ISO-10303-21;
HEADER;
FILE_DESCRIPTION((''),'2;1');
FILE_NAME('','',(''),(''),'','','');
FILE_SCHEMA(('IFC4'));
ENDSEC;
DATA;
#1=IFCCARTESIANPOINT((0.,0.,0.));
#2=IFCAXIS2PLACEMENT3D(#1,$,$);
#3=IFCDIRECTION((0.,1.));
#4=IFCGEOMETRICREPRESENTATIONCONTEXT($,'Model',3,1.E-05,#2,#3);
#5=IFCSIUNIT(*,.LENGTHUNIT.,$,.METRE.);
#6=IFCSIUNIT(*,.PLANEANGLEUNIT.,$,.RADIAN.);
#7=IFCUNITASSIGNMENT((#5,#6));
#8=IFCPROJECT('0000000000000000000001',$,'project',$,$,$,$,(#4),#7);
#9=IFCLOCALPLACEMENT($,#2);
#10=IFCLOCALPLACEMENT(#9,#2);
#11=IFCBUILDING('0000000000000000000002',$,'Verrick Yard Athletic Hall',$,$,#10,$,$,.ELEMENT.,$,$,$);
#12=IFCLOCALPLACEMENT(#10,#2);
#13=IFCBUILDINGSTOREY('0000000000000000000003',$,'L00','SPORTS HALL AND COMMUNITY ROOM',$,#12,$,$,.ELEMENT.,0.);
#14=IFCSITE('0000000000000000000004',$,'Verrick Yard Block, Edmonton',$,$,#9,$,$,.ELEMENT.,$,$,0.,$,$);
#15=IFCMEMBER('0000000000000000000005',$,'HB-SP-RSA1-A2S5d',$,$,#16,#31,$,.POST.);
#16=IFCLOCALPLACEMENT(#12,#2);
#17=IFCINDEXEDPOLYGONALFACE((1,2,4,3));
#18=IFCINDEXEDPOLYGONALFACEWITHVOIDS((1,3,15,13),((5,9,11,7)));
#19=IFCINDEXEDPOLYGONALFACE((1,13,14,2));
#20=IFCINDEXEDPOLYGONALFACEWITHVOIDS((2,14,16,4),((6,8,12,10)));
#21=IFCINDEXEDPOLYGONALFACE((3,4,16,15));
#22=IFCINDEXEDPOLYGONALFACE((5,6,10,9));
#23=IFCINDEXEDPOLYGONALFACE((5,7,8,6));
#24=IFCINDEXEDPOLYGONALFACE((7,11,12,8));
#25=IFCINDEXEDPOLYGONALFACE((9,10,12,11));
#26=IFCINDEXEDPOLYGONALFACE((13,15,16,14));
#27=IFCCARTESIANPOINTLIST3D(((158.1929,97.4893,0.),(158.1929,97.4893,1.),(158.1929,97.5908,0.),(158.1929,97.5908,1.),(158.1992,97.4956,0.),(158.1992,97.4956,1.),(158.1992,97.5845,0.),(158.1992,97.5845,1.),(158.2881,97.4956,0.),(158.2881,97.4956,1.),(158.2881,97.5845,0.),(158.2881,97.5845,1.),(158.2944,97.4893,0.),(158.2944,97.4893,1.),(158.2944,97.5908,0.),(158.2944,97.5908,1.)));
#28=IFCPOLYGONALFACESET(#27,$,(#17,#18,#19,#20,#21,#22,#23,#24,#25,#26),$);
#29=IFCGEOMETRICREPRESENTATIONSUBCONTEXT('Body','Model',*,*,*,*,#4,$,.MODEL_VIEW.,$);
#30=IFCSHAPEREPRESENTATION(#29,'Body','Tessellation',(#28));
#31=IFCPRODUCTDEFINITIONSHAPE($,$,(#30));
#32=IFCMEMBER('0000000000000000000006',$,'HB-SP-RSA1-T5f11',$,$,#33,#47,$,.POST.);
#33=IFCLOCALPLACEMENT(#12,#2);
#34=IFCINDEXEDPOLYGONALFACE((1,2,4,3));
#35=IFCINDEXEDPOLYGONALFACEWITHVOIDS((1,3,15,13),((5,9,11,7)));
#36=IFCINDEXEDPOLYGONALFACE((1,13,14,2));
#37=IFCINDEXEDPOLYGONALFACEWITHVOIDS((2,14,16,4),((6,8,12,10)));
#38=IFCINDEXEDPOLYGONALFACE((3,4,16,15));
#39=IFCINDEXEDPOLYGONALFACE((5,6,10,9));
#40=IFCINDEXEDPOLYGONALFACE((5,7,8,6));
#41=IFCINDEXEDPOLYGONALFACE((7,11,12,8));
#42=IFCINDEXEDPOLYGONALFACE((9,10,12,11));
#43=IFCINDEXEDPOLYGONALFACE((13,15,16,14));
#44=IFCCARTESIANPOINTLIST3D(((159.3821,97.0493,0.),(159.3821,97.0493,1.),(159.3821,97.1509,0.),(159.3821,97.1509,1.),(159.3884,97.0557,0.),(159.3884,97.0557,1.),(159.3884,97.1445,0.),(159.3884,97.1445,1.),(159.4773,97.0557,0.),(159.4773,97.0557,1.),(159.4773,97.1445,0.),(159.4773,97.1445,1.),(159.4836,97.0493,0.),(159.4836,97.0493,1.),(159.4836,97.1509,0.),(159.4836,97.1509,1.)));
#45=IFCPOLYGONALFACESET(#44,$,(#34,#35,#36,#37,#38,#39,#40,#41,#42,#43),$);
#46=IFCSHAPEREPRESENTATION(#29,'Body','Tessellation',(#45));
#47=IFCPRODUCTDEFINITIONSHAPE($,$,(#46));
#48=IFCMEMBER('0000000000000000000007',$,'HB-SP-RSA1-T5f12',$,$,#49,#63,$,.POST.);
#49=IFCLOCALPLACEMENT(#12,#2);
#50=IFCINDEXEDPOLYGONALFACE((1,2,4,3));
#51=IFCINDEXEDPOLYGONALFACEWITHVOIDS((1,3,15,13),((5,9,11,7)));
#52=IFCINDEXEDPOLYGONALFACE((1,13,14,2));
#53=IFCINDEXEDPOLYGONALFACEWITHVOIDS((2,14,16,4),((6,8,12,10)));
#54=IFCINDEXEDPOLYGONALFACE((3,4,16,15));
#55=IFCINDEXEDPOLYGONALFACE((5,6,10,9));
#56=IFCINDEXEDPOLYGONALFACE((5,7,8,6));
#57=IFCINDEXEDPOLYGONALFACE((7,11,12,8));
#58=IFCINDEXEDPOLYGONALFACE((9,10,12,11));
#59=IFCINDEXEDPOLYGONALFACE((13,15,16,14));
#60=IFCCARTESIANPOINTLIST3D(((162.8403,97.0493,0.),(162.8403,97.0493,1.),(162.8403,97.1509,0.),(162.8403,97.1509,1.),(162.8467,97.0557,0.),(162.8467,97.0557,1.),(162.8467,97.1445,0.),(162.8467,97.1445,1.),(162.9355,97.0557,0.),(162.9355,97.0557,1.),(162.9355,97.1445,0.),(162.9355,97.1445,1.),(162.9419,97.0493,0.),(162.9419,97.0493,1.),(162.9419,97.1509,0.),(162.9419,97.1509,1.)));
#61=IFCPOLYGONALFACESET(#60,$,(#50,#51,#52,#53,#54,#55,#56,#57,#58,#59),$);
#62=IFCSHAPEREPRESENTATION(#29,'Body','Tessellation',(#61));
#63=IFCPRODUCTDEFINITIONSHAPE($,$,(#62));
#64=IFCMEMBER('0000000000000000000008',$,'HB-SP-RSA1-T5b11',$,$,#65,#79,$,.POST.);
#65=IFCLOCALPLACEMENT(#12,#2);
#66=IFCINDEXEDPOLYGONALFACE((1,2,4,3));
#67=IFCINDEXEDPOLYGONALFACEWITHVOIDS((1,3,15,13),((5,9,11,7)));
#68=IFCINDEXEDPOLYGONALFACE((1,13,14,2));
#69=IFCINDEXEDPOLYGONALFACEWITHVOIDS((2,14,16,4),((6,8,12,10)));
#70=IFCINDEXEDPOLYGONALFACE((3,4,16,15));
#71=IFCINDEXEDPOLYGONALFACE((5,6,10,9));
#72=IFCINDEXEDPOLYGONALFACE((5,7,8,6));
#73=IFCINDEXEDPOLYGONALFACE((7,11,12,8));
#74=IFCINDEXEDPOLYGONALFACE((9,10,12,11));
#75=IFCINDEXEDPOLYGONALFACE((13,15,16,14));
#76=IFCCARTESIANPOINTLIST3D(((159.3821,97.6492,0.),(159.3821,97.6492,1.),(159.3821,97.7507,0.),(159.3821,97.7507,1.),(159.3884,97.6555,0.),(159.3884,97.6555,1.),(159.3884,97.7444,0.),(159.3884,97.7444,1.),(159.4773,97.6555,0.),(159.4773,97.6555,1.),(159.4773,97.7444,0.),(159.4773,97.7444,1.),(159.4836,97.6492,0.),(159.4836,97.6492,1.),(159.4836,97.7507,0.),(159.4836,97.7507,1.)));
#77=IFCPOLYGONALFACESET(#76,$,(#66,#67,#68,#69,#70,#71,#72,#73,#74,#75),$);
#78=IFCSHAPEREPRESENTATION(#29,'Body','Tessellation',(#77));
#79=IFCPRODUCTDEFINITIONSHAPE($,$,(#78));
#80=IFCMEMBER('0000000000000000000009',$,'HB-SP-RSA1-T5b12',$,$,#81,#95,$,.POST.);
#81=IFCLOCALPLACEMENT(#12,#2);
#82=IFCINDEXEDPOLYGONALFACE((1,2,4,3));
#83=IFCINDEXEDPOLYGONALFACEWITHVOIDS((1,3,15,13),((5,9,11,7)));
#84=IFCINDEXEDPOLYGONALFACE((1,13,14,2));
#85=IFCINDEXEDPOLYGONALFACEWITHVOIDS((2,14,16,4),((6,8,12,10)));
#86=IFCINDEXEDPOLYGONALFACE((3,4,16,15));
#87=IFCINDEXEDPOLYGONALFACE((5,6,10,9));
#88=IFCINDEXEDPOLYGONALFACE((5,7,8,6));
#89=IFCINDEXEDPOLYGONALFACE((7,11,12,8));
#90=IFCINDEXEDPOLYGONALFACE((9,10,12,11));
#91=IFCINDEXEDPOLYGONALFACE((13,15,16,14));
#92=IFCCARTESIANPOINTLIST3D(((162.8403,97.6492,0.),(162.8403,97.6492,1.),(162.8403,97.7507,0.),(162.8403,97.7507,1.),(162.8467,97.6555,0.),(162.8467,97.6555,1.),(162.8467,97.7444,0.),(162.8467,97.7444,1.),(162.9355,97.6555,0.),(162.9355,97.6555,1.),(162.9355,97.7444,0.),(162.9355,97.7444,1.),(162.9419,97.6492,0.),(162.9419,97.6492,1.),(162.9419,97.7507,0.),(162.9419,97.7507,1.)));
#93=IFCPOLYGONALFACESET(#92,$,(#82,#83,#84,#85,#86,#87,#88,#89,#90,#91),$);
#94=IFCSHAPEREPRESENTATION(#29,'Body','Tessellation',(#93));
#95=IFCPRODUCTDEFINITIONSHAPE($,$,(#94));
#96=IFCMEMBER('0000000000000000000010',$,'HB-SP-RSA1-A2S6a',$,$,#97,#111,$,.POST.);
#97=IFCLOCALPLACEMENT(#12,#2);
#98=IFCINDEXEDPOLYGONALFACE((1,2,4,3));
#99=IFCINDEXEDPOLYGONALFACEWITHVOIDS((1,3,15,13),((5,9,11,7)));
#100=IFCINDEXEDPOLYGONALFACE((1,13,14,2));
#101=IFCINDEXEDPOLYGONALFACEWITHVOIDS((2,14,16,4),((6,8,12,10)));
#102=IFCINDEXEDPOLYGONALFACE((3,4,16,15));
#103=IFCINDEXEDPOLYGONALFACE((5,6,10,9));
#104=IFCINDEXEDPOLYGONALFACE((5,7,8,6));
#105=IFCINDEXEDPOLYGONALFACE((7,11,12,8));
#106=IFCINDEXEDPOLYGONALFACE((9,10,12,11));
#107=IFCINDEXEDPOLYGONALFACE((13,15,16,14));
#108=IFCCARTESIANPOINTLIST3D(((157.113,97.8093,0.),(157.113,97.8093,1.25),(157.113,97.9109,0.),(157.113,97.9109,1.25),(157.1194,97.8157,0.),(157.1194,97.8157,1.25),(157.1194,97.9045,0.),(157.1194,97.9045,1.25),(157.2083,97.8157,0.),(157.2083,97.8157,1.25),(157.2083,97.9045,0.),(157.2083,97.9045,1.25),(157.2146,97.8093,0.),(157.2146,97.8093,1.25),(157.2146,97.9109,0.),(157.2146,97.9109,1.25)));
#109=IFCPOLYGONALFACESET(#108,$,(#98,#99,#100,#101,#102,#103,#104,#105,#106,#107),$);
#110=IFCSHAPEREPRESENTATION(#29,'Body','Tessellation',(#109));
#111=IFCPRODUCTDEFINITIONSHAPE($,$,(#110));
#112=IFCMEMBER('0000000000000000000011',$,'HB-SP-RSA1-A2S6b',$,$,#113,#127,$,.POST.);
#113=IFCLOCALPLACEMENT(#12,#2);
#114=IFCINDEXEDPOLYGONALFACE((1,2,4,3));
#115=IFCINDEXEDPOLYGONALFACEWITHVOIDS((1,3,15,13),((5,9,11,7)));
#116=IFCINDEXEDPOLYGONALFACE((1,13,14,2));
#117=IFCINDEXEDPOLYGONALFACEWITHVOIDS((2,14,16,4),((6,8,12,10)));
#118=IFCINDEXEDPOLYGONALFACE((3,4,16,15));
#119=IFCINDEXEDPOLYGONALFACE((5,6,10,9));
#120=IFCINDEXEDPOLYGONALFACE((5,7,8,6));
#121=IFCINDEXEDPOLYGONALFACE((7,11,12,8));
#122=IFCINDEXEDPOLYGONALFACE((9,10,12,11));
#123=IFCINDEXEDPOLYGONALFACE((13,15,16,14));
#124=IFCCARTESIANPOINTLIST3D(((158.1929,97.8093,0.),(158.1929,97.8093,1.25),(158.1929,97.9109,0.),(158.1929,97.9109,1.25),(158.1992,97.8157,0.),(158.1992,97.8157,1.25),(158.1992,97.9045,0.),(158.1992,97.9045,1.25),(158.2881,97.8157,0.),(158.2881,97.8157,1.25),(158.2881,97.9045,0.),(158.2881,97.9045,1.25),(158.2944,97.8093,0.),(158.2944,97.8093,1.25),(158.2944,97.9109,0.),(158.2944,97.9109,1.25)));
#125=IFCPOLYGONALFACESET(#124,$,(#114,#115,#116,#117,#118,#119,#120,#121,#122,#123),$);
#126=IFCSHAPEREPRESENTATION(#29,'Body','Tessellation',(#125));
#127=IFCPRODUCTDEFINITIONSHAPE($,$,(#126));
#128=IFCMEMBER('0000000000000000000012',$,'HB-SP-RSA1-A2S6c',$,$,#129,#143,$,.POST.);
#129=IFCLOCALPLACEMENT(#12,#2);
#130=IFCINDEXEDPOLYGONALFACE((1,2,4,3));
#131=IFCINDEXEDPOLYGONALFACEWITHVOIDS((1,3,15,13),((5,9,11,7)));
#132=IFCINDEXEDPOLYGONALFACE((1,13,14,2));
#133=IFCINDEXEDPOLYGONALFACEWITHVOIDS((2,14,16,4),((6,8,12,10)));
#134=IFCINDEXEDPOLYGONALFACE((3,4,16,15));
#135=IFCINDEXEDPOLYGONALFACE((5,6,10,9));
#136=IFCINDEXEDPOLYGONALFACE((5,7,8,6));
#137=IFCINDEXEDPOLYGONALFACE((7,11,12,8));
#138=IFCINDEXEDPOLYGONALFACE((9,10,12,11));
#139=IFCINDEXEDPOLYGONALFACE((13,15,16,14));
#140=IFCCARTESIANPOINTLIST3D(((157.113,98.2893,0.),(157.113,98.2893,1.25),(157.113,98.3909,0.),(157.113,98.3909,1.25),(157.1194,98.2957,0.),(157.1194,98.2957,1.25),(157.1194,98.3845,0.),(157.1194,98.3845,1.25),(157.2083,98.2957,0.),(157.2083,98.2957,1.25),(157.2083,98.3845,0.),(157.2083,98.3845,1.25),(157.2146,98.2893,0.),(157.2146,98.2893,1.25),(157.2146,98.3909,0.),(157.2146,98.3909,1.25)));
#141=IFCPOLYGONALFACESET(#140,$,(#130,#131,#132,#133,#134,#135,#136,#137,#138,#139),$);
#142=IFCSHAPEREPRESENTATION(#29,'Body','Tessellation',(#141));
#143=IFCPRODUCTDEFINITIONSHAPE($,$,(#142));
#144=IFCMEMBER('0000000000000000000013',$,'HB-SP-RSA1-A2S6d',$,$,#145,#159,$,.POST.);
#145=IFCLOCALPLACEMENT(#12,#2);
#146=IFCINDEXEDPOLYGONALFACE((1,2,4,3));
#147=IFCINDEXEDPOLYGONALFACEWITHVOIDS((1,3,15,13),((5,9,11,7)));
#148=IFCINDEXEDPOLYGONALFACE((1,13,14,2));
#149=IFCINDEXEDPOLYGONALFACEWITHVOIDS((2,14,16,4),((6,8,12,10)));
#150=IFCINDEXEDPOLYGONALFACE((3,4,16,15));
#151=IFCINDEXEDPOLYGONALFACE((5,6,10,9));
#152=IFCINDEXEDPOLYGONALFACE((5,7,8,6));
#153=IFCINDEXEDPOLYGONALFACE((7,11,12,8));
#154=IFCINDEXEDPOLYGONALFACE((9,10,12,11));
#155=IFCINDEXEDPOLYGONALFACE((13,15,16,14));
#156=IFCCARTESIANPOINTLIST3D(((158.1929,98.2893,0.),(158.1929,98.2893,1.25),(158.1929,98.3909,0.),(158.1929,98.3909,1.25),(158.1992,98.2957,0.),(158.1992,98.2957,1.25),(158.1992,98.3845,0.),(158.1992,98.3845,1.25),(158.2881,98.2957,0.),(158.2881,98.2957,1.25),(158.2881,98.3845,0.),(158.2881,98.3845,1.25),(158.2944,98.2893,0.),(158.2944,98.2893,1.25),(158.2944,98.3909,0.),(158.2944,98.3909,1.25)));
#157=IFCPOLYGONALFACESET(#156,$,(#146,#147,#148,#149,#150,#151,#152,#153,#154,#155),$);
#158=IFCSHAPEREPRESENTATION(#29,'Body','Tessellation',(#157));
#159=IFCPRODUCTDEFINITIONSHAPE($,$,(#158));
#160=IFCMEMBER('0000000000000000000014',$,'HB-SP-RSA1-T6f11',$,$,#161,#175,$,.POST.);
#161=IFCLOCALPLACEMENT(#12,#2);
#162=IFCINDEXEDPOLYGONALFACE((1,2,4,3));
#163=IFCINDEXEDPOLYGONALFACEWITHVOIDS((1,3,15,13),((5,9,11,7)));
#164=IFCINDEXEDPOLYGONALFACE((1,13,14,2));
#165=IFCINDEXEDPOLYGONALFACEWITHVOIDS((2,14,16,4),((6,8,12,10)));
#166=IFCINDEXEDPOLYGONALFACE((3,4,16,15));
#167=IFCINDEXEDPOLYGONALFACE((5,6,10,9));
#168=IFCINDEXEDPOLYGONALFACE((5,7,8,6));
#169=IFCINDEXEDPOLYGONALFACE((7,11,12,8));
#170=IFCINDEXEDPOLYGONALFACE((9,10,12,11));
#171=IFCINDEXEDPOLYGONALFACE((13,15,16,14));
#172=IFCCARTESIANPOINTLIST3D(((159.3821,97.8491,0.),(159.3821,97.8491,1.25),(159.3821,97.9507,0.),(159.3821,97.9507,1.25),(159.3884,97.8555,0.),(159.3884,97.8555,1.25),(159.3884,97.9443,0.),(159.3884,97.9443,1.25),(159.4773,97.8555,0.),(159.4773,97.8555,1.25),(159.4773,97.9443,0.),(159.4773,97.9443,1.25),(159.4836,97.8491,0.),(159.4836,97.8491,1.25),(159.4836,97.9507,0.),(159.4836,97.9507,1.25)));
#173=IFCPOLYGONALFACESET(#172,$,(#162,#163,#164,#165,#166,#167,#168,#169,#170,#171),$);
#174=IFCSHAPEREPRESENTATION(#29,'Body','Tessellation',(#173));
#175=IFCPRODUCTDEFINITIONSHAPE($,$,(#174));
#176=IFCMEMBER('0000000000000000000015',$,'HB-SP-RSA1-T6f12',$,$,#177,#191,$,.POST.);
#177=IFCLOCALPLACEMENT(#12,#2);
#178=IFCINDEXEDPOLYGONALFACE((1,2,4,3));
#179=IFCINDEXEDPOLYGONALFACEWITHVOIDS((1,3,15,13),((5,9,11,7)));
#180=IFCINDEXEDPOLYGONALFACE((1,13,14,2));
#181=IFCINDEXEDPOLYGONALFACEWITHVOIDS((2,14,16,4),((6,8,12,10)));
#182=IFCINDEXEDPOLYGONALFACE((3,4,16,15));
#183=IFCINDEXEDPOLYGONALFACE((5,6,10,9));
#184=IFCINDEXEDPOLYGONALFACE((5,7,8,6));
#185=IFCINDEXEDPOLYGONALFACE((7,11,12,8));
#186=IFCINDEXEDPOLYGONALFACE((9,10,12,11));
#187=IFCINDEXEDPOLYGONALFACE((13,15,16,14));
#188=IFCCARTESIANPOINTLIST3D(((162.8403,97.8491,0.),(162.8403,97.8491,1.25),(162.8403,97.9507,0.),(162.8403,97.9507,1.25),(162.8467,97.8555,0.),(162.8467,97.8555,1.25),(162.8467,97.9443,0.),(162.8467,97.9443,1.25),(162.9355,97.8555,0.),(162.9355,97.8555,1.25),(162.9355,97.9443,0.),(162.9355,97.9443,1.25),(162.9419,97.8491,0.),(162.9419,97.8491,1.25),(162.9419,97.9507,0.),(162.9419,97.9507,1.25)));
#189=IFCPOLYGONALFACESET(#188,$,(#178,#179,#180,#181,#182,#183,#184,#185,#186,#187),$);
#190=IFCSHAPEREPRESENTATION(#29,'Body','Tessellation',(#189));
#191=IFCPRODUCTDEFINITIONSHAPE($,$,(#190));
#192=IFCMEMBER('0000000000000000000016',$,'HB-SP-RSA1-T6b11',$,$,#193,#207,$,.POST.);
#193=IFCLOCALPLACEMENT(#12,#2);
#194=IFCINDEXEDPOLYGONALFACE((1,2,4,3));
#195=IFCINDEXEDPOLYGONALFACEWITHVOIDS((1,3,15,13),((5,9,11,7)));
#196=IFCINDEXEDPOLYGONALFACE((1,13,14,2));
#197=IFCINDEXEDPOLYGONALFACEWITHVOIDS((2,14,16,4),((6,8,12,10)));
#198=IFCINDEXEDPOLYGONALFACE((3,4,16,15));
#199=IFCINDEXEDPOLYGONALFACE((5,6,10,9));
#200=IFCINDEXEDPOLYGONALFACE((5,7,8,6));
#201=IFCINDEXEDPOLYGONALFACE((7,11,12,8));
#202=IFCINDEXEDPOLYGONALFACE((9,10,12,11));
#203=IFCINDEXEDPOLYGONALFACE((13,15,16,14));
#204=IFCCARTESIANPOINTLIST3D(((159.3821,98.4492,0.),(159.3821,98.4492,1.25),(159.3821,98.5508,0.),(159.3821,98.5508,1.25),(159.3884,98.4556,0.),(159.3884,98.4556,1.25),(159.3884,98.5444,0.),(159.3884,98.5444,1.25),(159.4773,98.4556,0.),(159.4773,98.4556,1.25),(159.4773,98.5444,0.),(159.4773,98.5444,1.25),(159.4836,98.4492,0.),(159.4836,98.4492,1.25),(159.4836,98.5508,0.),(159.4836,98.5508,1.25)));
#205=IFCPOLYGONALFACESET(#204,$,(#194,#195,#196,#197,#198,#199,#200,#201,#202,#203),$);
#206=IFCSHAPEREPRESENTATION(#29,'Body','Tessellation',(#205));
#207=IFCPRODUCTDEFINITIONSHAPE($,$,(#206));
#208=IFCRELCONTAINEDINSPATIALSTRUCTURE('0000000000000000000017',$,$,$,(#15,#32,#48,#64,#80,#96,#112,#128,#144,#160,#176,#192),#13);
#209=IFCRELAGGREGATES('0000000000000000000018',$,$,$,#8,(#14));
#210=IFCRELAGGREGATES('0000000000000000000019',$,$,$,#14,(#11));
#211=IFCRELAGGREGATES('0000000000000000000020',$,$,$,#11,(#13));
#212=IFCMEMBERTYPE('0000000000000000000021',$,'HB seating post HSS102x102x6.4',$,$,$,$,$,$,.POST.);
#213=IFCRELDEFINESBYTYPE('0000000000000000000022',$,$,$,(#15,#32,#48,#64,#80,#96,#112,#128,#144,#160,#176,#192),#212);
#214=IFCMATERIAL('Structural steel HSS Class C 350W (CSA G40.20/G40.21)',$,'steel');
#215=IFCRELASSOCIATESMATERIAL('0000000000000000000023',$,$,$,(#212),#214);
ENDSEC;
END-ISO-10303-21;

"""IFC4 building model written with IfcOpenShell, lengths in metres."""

from ifc_helpers import new_model, si_unit, direction, frame, origin, origin_2d, place, context, subcontext, project, spatial, hollow_rectangle, extrude, material, material_profile, profile_set, type_object, element, save


model = new_model("IFC4")

# Units and contexts
model_context = context("Model", 3, precision=1e-05, world=origin(), true_north=direction((0.0, 1.0)))
body_context = subcontext(model_context, "Body", "Model", "MODEL_VIEW")
ifc_project = project(units=[si_unit("LENGTHUNIT", "METRE"), si_unit("PLANEANGLEUNIT", "RADIAN")], contexts=[model_context])

# Site, building, storey
site_placement = place(None, origin())
site = spatial("IfcSite", under=ifc_project, at=site_placement, Name="Verrick Yard Block, Edmonton", CompositionType="ELEMENT", RefElevation=0.0)
building_placement = place(site_placement, origin())
building = spatial("IfcBuilding", under=site, at=building_placement, Name="Verrick Yard Athletic Hall", CompositionType="ELEMENT")
storey_placement = place(building_placement, origin())
storey = spatial("IfcBuildingStorey", under=building, at=storey_placement, Name="L00", Description="SPORTS HALL AND COMMUNITY ROOM", CompositionType="ELEMENT", Elevation=0.0)

# Members
ifc_material = material(Name="Structural steel HSS Class C 350W (CSA G40.20/G40.21)", Category="steel")
ifc_material_profile_1 = material_profile(ifc_material, hollow_rectangle(XDim=0.1016, YDim=0.1016, WallThickness=0.0063, at=origin_2d()), Name="HSS102x102x6.4")
ifc_profile_set_1 = profile_set([ifc_material_profile_1], Name="Structural steel HSS Class C 350W (CSA G40.20/G40.21)")
member_type_1 = type_object("IfcMemberType", Name="HB seating post HSS102x102x6.4", PredefinedType="POST", material=ifc_profile_set_1)
for number, where, z_axis, x_axis, name in (
    (1, (158.2437, 97.54, 0.0), (0.0, 0.0, 1.0), (0.0, 1.0, 0.0), "HB-SP-RSA1-A2S5d"),
    (2, (159.4329, 97.1001, 0.0), (0.0, 0.0, 1.0), (0.0, 1.0, 0.0), "HB-SP-RSA1-T5f11"),
    (3, (162.8911, 97.1001, 0.0), (0.0, 0.0, 1.0), (0.0, 1.0, 0.0), "HB-SP-RSA1-T5f12"),
    (4, (159.4329, 97.7, 0.0), (0.0, 0.0, 1.0), (0.0, 1.0, 0.0), "HB-SP-RSA1-T5b11"),
    (5, (162.8911, 97.7, 0.0), (0.0, 0.0, 1.0), (0.0, 1.0, 0.0), "HB-SP-RSA1-T5b12"),
):
    element("IfcMember", number, at=place(storey_placement, frame(where, z_axis=z_axis, x_axis=x_axis)), inside=storey, type_object=member_type_1, Name=name, PredefinedType="POST", context=body_context, shape_type="SweptSolid", body=[
        extrude(hollow_rectangle(XDim=0.1016, YDim=0.1016, WallThickness=0.0063, at=origin_2d()), origin(), (0.0, 0.0, 1.0), 1.0),
    ])
for number, where, z_axis, x_axis, name in (
    (6, (157.1638, 97.8601, 0.0), (0.0, 0.0, 1.0), (0.0, 1.0, 0.0), "HB-SP-RSA1-A2S6a"),
    (7, (158.2437, 97.8601, 0.0), (0.0, 0.0, 1.0), (0.0, 1.0, 0.0), "HB-SP-RSA1-A2S6b"),
    (8, (157.1638, 98.3401, 0.0), (0.0, 0.0, 1.0), (0.0, 1.0, 0.0), "HB-SP-RSA1-A2S6c"),
    (9, (158.2437, 98.3401, 0.0), (0.0, 0.0, 1.0), (0.0, 1.0, 0.0), "HB-SP-RSA1-A2S6d"),
    (10, (159.4329, 97.8999, 0.0), (0.0, 0.0, 1.0), (0.0, 1.0, 0.0), "HB-SP-RSA1-T6f11"),
    (11, (162.8911, 97.8999, 0.0), (0.0, 0.0, 1.0), (0.0, 1.0, 0.0), "HB-SP-RSA1-T6f12"),
    (12, (159.4329, 98.5, 0.0), (0.0, 0.0, 1.0), (0.0, 1.0, 0.0), "HB-SP-RSA1-T6b11"),
):
    element("IfcMember", number, at=place(storey_placement, frame(where, z_axis=z_axis, x_axis=x_axis)), inside=storey, type_object=member_type_1, Name=name, PredefinedType="POST", context=body_context, shape_type="SweptSolid", body=[
        extrude(hollow_rectangle(XDim=0.1016, YDim=0.1016, WallThickness=0.0063, at=origin_2d()), origin(), (0.0, 0.0, 1.0), 1.25),
    ])

save(model, "model.ifc")
